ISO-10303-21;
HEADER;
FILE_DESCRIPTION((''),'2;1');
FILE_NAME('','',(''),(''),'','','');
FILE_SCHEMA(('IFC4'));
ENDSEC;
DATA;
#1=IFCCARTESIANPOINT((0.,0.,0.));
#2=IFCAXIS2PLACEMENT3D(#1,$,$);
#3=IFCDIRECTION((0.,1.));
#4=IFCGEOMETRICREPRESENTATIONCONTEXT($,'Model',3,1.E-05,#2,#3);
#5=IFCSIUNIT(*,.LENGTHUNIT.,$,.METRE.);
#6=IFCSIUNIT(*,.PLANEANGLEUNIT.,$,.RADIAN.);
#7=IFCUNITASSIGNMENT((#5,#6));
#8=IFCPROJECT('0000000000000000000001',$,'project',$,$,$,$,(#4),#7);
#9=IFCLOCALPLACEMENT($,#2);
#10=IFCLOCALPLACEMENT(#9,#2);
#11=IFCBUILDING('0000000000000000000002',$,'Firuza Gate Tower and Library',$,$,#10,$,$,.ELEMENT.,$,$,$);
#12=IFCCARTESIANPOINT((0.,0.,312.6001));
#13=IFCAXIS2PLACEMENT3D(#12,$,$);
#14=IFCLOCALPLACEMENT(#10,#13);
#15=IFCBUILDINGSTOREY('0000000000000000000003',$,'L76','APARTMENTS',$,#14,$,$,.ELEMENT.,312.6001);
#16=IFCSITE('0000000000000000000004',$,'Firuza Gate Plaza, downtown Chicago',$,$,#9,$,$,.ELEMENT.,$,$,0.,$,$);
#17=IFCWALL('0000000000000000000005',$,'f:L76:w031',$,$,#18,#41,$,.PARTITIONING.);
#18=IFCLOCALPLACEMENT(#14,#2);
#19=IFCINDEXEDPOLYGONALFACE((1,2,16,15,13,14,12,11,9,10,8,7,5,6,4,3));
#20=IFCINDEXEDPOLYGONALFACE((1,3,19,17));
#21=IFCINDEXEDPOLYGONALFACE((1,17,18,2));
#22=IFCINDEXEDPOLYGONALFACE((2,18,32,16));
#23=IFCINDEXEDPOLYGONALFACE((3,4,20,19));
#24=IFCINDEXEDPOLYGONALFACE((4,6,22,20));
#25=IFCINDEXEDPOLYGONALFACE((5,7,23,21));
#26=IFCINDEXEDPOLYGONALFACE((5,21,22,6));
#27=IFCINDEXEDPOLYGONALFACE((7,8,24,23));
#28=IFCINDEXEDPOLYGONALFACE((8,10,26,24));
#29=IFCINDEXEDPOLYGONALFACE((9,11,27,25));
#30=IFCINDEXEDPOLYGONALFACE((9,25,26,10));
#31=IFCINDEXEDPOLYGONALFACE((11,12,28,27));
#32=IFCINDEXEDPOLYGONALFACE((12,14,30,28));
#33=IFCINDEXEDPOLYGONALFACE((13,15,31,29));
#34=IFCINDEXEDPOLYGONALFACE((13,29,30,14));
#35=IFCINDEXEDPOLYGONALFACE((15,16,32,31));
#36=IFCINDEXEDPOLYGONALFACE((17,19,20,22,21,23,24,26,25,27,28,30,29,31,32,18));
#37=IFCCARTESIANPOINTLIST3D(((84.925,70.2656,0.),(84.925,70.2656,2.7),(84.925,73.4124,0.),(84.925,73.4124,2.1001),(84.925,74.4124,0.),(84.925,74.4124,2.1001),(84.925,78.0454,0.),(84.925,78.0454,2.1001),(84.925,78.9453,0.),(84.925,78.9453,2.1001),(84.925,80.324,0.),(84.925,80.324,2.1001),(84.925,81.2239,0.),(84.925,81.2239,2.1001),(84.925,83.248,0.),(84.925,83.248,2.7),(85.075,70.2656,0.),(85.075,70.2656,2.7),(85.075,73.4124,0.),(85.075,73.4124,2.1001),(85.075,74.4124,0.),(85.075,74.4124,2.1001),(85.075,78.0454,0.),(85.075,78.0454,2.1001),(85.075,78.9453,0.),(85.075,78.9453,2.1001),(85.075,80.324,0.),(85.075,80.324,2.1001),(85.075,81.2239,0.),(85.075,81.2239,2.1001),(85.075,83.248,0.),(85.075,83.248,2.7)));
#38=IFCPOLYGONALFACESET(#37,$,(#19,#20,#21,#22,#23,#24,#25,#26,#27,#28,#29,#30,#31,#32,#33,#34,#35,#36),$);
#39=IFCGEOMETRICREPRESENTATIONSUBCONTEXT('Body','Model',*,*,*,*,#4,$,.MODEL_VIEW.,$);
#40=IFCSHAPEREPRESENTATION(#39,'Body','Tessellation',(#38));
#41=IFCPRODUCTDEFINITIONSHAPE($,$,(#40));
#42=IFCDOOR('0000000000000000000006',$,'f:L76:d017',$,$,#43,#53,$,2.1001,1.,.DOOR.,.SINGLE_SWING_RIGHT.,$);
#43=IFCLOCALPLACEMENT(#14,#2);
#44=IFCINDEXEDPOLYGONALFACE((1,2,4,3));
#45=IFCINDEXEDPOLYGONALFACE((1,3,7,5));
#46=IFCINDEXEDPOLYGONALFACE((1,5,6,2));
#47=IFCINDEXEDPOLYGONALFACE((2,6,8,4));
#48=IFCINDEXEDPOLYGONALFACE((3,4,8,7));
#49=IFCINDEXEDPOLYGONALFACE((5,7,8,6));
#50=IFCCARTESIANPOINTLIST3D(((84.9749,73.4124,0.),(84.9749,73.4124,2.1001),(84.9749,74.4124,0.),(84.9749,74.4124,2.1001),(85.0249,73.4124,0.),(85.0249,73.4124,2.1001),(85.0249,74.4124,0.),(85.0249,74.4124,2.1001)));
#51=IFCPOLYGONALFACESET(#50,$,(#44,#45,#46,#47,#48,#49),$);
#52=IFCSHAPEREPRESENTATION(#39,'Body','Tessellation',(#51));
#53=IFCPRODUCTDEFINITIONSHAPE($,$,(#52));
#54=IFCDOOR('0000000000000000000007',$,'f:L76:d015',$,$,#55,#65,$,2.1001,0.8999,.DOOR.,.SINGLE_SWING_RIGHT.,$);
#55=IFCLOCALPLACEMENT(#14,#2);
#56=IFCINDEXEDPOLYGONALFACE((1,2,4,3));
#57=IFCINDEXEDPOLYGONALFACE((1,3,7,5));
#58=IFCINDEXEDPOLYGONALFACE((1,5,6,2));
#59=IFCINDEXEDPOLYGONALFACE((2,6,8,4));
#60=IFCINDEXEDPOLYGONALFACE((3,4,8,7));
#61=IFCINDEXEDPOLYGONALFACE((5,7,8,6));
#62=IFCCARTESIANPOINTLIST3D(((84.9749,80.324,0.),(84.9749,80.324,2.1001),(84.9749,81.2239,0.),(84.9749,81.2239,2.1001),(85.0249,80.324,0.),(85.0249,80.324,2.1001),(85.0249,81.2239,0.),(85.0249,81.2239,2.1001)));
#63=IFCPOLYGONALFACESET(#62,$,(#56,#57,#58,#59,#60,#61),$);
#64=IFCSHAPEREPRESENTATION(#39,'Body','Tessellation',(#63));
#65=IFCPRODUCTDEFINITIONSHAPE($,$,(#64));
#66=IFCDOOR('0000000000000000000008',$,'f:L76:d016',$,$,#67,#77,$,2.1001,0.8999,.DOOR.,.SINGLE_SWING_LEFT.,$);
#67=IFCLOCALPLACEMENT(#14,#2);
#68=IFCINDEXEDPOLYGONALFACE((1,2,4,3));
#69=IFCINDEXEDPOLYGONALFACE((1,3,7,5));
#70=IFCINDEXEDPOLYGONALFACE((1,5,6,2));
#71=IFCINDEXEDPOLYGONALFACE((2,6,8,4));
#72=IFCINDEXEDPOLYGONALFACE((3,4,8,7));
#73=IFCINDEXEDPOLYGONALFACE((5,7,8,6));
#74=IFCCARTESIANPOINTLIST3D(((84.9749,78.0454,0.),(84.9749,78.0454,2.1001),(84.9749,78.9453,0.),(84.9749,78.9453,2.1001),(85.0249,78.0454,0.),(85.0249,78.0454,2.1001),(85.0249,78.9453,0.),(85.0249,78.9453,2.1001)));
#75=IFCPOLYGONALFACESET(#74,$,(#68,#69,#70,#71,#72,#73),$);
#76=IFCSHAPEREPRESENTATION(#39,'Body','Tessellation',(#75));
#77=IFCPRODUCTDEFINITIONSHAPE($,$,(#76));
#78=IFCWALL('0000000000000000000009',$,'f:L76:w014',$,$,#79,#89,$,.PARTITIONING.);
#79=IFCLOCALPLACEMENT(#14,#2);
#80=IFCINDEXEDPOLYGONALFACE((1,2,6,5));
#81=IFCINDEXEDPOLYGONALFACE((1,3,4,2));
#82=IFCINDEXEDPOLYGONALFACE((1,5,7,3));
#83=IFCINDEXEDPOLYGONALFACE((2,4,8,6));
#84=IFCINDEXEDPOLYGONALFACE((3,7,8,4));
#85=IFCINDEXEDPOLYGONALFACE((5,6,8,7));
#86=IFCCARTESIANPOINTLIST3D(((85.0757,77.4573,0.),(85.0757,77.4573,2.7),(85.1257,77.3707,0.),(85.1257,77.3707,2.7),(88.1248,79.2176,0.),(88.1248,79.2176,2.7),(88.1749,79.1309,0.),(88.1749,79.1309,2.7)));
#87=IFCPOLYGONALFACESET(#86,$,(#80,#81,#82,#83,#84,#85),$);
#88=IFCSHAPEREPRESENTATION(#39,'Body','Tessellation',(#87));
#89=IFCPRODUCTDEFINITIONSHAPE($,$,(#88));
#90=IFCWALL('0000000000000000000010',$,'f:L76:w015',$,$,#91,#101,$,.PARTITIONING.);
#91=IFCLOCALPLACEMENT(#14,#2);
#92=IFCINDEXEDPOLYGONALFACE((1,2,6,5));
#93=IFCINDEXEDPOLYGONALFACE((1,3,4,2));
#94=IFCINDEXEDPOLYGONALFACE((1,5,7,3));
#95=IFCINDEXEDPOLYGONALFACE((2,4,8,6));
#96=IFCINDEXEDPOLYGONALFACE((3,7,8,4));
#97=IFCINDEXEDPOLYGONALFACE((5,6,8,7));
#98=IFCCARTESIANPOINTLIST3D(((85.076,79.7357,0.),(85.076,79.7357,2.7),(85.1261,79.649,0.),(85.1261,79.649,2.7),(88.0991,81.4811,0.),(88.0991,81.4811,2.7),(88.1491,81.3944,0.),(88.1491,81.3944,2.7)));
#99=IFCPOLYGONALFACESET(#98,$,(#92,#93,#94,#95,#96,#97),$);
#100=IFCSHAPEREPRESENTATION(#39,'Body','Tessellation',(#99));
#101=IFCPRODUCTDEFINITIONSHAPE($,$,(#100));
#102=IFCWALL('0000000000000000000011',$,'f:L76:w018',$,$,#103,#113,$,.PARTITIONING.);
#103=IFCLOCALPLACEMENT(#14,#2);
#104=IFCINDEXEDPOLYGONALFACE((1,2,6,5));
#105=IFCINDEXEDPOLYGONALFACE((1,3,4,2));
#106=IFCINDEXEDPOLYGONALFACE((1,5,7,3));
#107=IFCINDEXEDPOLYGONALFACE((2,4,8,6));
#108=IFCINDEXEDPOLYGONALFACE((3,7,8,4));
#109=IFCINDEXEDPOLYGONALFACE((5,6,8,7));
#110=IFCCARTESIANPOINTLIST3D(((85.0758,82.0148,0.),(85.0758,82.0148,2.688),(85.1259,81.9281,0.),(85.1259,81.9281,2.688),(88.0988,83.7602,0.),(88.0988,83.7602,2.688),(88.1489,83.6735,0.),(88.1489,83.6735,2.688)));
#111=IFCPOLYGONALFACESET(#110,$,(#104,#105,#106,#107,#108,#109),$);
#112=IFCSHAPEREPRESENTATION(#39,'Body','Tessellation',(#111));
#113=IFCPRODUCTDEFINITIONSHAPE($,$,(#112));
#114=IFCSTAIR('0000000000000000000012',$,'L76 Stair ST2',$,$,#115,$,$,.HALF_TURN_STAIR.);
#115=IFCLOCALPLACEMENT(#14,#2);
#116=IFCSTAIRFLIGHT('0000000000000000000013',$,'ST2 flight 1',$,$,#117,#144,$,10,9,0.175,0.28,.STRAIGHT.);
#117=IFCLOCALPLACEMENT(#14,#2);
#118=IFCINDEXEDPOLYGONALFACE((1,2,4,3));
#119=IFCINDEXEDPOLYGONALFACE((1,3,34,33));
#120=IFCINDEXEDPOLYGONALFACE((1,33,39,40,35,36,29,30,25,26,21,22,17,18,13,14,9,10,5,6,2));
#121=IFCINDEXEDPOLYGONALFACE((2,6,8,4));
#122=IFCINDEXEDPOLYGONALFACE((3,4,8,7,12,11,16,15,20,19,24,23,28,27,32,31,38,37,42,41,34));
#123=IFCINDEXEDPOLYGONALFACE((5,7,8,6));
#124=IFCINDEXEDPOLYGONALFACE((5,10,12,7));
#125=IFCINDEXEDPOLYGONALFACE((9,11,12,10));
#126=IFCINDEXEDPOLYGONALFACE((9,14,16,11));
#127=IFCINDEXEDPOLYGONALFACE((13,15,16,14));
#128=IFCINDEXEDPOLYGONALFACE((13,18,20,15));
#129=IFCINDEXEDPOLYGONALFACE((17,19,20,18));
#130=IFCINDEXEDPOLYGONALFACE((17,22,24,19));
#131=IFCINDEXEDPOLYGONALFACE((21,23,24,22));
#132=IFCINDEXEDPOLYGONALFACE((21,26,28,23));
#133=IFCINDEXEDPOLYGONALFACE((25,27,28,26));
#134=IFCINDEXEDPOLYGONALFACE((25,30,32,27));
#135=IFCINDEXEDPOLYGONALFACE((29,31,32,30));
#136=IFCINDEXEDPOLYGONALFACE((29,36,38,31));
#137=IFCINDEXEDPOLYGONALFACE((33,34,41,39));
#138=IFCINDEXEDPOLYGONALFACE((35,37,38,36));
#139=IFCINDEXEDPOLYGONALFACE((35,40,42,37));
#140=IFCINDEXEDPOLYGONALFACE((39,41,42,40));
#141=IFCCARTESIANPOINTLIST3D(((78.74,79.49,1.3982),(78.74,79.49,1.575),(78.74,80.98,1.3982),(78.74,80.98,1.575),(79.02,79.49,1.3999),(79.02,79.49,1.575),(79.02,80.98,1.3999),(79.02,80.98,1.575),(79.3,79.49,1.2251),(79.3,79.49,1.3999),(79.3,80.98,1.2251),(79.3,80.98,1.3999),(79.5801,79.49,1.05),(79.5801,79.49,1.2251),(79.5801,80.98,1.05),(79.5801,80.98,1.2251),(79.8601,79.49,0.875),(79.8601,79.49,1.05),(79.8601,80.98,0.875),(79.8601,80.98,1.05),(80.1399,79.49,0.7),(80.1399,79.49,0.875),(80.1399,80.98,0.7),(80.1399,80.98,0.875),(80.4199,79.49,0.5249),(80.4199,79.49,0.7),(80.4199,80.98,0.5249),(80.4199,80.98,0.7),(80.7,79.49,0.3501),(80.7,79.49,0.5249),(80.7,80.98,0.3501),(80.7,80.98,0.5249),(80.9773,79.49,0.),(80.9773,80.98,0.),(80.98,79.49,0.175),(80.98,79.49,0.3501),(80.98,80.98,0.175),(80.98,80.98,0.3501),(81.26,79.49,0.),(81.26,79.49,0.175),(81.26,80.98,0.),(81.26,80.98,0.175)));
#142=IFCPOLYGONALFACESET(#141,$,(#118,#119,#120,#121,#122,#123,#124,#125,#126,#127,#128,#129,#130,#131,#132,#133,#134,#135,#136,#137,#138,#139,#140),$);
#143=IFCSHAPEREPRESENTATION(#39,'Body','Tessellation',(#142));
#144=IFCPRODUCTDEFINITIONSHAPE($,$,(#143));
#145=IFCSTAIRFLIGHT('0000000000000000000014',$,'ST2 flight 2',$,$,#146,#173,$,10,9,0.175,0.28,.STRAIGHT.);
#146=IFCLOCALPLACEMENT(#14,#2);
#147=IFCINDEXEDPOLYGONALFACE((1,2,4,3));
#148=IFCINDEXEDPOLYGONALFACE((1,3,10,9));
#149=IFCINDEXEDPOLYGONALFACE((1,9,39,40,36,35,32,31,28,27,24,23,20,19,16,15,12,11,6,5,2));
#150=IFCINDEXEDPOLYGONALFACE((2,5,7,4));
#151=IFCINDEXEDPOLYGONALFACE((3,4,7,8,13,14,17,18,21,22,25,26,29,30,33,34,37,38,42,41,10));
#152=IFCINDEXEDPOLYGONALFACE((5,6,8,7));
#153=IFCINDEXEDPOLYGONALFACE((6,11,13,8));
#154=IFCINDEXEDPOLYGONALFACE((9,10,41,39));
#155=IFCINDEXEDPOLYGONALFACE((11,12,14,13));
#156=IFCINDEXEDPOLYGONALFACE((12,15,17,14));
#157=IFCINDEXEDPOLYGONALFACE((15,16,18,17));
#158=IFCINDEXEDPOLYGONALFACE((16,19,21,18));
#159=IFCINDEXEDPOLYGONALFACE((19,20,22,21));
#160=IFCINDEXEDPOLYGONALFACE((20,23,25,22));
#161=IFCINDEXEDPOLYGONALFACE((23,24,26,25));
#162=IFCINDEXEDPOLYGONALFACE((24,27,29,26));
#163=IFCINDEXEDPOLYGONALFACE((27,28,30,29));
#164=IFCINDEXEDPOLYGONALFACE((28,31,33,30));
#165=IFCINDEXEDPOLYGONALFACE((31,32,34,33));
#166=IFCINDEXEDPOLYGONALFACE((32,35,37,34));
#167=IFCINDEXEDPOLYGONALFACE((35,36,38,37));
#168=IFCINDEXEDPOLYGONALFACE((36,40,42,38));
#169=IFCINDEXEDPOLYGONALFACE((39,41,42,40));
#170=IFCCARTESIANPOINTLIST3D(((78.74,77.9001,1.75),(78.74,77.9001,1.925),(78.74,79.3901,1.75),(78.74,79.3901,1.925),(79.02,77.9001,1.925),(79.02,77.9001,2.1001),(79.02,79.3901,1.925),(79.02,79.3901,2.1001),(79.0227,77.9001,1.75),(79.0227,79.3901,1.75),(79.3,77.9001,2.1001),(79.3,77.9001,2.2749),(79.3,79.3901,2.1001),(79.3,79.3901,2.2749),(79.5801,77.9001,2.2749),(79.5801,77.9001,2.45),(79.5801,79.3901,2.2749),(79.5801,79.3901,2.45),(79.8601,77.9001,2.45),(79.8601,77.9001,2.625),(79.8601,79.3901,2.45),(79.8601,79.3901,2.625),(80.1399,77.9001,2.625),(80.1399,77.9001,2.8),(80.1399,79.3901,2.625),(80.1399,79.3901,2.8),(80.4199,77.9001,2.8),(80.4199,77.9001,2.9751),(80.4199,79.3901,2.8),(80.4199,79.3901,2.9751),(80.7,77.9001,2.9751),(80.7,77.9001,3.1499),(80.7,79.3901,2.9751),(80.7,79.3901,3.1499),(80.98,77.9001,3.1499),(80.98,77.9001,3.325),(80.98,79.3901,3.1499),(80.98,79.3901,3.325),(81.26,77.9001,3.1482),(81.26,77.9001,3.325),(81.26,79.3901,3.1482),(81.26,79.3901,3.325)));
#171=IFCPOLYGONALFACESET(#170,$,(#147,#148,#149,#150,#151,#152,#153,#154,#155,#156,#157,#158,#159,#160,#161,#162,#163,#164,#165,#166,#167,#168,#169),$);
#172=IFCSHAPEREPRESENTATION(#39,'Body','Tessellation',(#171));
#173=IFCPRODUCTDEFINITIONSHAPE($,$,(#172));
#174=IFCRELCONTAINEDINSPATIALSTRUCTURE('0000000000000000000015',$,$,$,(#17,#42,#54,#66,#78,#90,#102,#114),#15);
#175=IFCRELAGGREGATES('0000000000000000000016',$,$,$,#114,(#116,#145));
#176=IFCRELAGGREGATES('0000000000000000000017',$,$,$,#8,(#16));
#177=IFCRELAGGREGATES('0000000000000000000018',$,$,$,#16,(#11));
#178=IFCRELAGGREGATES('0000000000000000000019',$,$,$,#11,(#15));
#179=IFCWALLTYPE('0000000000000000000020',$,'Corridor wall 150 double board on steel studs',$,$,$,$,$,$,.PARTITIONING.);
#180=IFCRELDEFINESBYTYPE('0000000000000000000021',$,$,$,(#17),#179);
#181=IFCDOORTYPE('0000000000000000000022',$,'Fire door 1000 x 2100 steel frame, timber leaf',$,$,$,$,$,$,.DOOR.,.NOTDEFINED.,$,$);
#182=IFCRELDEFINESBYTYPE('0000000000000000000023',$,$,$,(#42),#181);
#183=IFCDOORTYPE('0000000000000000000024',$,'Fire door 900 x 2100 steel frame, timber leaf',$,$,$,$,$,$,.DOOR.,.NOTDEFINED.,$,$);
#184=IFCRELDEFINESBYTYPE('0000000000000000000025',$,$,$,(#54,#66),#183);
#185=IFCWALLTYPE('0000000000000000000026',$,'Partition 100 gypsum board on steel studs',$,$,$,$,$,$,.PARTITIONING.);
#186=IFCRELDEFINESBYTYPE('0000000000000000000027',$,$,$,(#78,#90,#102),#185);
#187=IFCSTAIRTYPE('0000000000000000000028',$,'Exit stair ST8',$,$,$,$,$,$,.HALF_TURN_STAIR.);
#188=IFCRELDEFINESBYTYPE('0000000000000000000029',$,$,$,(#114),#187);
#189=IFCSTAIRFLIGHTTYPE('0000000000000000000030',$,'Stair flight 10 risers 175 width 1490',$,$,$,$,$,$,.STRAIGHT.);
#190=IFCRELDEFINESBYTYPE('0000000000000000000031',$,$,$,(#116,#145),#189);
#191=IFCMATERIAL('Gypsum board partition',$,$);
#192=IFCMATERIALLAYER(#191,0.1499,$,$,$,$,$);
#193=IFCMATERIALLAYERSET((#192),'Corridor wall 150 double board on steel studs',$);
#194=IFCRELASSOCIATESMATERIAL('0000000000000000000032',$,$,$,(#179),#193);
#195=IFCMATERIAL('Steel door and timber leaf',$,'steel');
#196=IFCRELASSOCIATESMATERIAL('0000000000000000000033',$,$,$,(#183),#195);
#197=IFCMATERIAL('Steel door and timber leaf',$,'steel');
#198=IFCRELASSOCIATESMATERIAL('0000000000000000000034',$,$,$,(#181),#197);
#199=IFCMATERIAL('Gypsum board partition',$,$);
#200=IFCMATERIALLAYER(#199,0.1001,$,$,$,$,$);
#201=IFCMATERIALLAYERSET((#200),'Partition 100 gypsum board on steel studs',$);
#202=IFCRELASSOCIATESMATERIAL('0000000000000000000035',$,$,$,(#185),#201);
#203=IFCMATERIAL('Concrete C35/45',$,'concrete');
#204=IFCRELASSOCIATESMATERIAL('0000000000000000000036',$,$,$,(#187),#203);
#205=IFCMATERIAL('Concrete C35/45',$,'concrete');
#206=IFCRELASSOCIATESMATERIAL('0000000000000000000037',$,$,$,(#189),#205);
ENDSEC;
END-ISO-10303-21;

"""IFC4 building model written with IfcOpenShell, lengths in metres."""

from ifc_helpers import new_model, si_unit, direction, frame, frame_2d, origin, place, context, subcontext, project, spatial, polyline, rectangle, outline, extrude, material, layer, layer_set, type_object, element, fill, aggregate, save


model = new_model("IFC4")

# Units and contexts
model_context = context("Model", 3, precision=1e-05, world=origin(), true_north=direction((0.0, 1.0)))
body_context = subcontext(model_context, "Body", "Model", "MODEL_VIEW")
ifc_project = project(units=[si_unit("LENGTHUNIT", "METRE"), si_unit("PLANEANGLEUNIT", "RADIAN")], contexts=[model_context])

# Site, building, storey
site_placement = place(None, origin())
site = spatial("IfcSite", under=ifc_project, at=site_placement, Name="Firuza Gate Plaza, downtown Chicago", CompositionType="ELEMENT", RefElevation=0.0)
building_placement = place(site_placement, origin())
building = spatial("IfcBuilding", under=site, at=building_placement, Name="Firuza Gate Tower and Library", CompositionType="ELEMENT")
storey_placement = place(building_placement, frame((0.0, 0.0, 312.6001)))
storey = spatial("IfcBuildingStorey", under=building, at=storey_placement, Name="L76", Description="APARTMENTS", CompositionType="ELEMENT", Elevation=312.6001)

# Shared definitions
ifc_material_1 = material(Name="Gypsum board partition")
ifc_layer_1 = layer(ifc_material_1, 0.1499)
ifc_layer_set_1 = layer_set([ifc_layer_1], Name="Corridor wall 150 double board on steel studs")
wall_type_1 = type_object("IfcWallType", Name="Corridor wall 150 double board on steel studs", PredefinedType="PARTITIONING", material=ifc_layer_set_1)
ifc_material_2 = material(Name="Steel door and timber leaf", Category="steel")
door_type_1 = type_object("IfcDoorType", Name="Fire door 900 x 2100 steel frame, timber leaf", OperationType="NOTDEFINED", PredefinedType="DOOR", material=ifc_material_2)

# Wall, openings, doors
wall_1_placement = place(storey_placement, frame((85.0, 83.248, 0.0), z_axis=(0.0, 0.0, 1.0), x_axis=(0.0, -1.0, 0.0)))
wall_1 = element("IfcWall", 1, at=wall_1_placement, inside=storey, type_object=wall_type_1, Name="f:L76:w031", PredefinedType="PARTITIONING", context=body_context, shape_type="SweptSolid", body=[
    extrude(rectangle(XDim=12.9824, YDim=0.1499, at=frame_2d((6.4912, 0.0))), origin(), (0.0, 0.0, 1.0), 2.7),
])
opening_1_placement = place(wall_1_placement, frame((2.0242, 0.0, 0.0)))
opening_1 = element("IfcOpeningElement", 2, at=opening_1_placement, cuts=wall_1, PredefinedType="OPENING", context=body_context, shape_type="SweptSolid", body=[
    extrude(rectangle(XDim=0.8999, YDim=2.1001, at=frame_2d((0.45, 1.05))), frame((0.0, 0.085, 0.0), z_axis=(0.0, -1.0, 0.0), x_axis=(1.0, 0.0, 0.0)), (0.0, 0.0, 1.0), 0.1699),
])
opening_2_placement = place(wall_1_placement, frame((4.3027, 0.0, 0.0)))
opening_2 = element("IfcOpeningElement", 3, at=opening_2_placement, cuts=wall_1, PredefinedType="OPENING", context=body_context, shape_type="SweptSolid", body=[
    extrude(rectangle(XDim=0.8999, YDim=2.1001, at=frame_2d((0.45, 1.05))), frame((0.0, 0.085, 0.0), z_axis=(0.0, -1.0, 0.0), x_axis=(1.0, 0.0, 0.0)), (0.0, 0.0, 1.0), 0.1699),
])
opening_3_placement = place(wall_1_placement, frame((8.8357, 0.0, 0.0)))
opening_3 = element("IfcOpeningElement", 4, at=opening_3_placement, cuts=wall_1, PredefinedType="OPENING", context=body_context, shape_type="SweptSolid", body=[
    extrude(rectangle(XDim=1.0, YDim=2.1001, at=frame_2d((0.5, 1.05))), frame((0.0, 0.085, 0.0), z_axis=(0.0, -1.0, 0.0), x_axis=(1.0, 0.0, 0.0)), (0.0, 0.0, 1.0), 0.1699),
])
ifc_material_3 = material(Name="Steel door and timber leaf", Category="steel")
door_type_2 = type_object("IfcDoorType", Name="Fire door 1000 x 2100 steel frame, timber leaf", OperationType="NOTDEFINED", PredefinedType="DOOR", material=ifc_material_3)
door_1_placement = place(opening_3_placement, origin())
door_1 = element("IfcDoor", 5, at=door_1_placement, inside=storey, type_object=door_type_2, Name="f:L76:d017", OperationType="SINGLE_SWING_RIGHT", OverallHeight=2.1001, OverallWidth=1.0, PredefinedType="DOOR", context=body_context, shape_type="SweptSolid", body=[
    extrude(rectangle(XDim=1.0, YDim=2.1001, at=frame_2d((0.5, 1.05))), frame((0.0, 0.0249, 0.0), z_axis=(0.0, -1.0, 0.0), x_axis=(1.0, 0.0, 0.0)), (0.0, 0.0, 1.0), 0.05),
])
fill(opening_3, door_1)
door_2_placement = place(opening_1_placement, origin())
door_2 = element("IfcDoor", 6, at=door_2_placement, inside=storey, type_object=door_type_1, Name="f:L76:d015", OperationType="SINGLE_SWING_RIGHT", OverallHeight=2.1001, OverallWidth=0.8999, PredefinedType="DOOR", context=body_context, shape_type="SweptSolid", body=[
    extrude(rectangle(XDim=0.8999, YDim=2.1001, at=frame_2d((0.45, 1.05))), frame((0.0, 0.0249, 0.0), z_axis=(0.0, -1.0, 0.0), x_axis=(1.0, 0.0, 0.0)), (0.0, 0.0, 1.0), 0.05),
])
fill(opening_1, door_2)
door_3_placement = place(opening_2_placement, origin())
door_3 = element("IfcDoor", 7, at=door_3_placement, inside=storey, type_object=door_type_1, Name="f:L76:d016", OperationType="SINGLE_SWING_LEFT", OverallHeight=2.1001, OverallWidth=0.8999, PredefinedType="DOOR", context=body_context, shape_type="SweptSolid", body=[
    extrude(rectangle(XDim=0.8999, YDim=2.1001, at=frame_2d((0.45, 1.05))), frame((0.0, 0.0249, 0.0), z_axis=(0.0, -1.0, 0.0), x_axis=(1.0, 0.0, 0.0)), (0.0, 0.0, 1.0), 0.05),
])
fill(opening_2, door_3)

# Walls
ifc_material_4 = material(Name="Gypsum board partition")
ifc_layer_2 = layer(ifc_material_4, 0.1001)
ifc_layer_set_2 = layer_set([ifc_layer_2], Name="Partition 100 gypsum board on steel studs")
wall_type_2 = type_object("IfcWallType", Name="Partition 100 gypsum board on steel studs", PredefinedType="PARTITIONING", material=ifc_layer_set_2)
wall_2_placement = place(storey_placement, frame((85.1008, 77.4141, 0.0), z_axis=(0.0, 0.0, 1.0), x_axis=(0.866041, 0.499973, 0.0)))
element("IfcWall", 8, at=wall_2_placement, inside=storey, type_object=wall_type_2, Name="f:L76:w014", PredefinedType="PARTITIONING", context=body_context, shape_type="SweptSolid", body=[
    extrude(rectangle(XDim=3.5208, YDim=0.1001, at=frame_2d((1.7603, 0.0))), origin(), (0.0, 0.0, 1.0), 2.7),
])
wall_3_placement = place(storey_placement, frame((85.1011, 79.6924, 0.0), z_axis=(0.0, 0.0, 1.0), x_axis=(0.866018, 0.500013, 0.0)))
element("IfcWall", 9, at=wall_3_placement, inside=storey, type_object=wall_type_2, Name="f:L76:w015", PredefinedType="PARTITIONING", context=body_context, shape_type="SweptSolid", body=[
    extrude(rectangle(XDim=3.4907, YDim=0.1001, at=frame_2d((1.7454, 0.0))), origin(), (0.0, 0.0, 1.0), 2.7),
])
wall_4_placement = place(storey_placement, frame((85.1008, 81.9714, 0.0), z_axis=(0.0, 0.0, 1.0), x_axis=(0.866018, 0.500013, 0.0)))
element("IfcWall", 10, at=wall_4_placement, inside=storey, type_object=wall_type_2, Name="f:L76:w018", PredefinedType="PARTITIONING", context=body_context, shape_type="SweptSolid", body=[
    extrude(rectangle(XDim=3.4907, YDim=0.1001, at=frame_2d((1.7454, 0.0))), origin(), (0.0, 0.0, 1.0), 2.688),
])

# Stair, stair flights
ifc_material_5 = material(Name="Concrete C35/45", Category="concrete")
stair_type = type_object("IfcStairType", Name="Exit stair ST8", PredefinedType="HALF_TURN_STAIR", material=ifc_material_5)
stair_placement = place(storey_placement, origin())
stair = element("IfcStair", 11, at=stair_placement, inside=storey, type_object=stair_type, Name="L76 Stair ST2", PredefinedType="HALF_TURN_STAIR")
ifc_material_6 = material(Name="Concrete C35/45", Category="concrete")
stair_flight_type = type_object("IfcStairFlightType", Name="Stair flight 10 risers 175 width 1490", PredefinedType="STRAIGHT", material=ifc_material_6)
stair_flight_1_placement = place(storey_placement, frame((81.26, 80.2351, 0.0), z_axis=(0.0, 0.0, 1.0), x_axis=(-1.0, 0.0, 0.0)))
stair_flight_1 = element("IfcStairFlight", 12, at=stair_flight_1_placement, type_object=stair_flight_type, Name="ST2 flight 1", NumberOfRisers=10, NumberOfTreads=9, PredefinedType="STRAIGHT", RiserHeight=0.175, TreadLength=0.28, context=body_context, shape_type="SweptSolid", body=[
    extrude(outline(polyline([(0.0, 0.0), (0.0, 0.175), (0.28, 0.175), (0.28, 0.3501), (0.5601, 0.3501), (0.5601, 0.5249), (0.8401, 0.5249), (0.8401, 0.7), (1.1201, 0.7), (1.1201, 0.875), (1.3999, 0.875), (1.3999, 1.05), (1.6799, 1.05), (1.6799, 1.2251), (1.96, 1.2251), (1.96, 1.3999), (2.24, 1.3999), (2.24, 1.575), (2.52, 1.575), (2.52, 1.75), (2.52, 1.3982), (0.2827, 0.0), (0.0, 0.0)])), frame((0.0, 0.7451, 0.0), z_axis=(0.0, -1.0, 0.0), x_axis=(1.0, 0.0, 0.0)), (0.0, 0.0, 1.0), 1.49),
])
stair_flight_2_placement = place(storey_placement, frame((78.74, 78.645, 1.75), z_axis=(0.0, 0.0, 1.0), x_axis=(1.0, 0.0, 0.0)))
stair_flight_2 = element("IfcStairFlight", 13, at=stair_flight_2_placement, type_object=stair_flight_type, Name="ST2 flight 2", NumberOfRisers=10, NumberOfTreads=9, PredefinedType="STRAIGHT", RiserHeight=0.175, TreadLength=0.28, context=body_context, shape_type="SweptSolid", body=[
    extrude(outline(polyline([(0.0, 0.0), (0.0, 0.175), (0.28, 0.175), (0.28, 0.3501), (0.5601, 0.3501), (0.5601, 0.5249), (0.8401, 0.5249), (0.8401, 0.7), (1.1201, 0.7), (1.1201, 0.875), (1.3999, 0.875), (1.3999, 1.05), (1.6799, 1.05), (1.6799, 1.2251), (1.96, 1.2251), (1.96, 1.3999), (2.24, 1.3999), (2.24, 1.575), (2.52, 1.575), (2.52, 1.75), (2.52, 1.3982), (0.2827, 0.0), (0.0, 0.0)])), frame((0.0, 0.7451, 0.0), z_axis=(0.0, -1.0, 0.0), x_axis=(1.0, 0.0, 0.0)), (0.0, 0.0, 1.0), 1.49),
])
aggregate(stair, [stair_flight_1, stair_flight_2])

save(model, "model.ifc")
